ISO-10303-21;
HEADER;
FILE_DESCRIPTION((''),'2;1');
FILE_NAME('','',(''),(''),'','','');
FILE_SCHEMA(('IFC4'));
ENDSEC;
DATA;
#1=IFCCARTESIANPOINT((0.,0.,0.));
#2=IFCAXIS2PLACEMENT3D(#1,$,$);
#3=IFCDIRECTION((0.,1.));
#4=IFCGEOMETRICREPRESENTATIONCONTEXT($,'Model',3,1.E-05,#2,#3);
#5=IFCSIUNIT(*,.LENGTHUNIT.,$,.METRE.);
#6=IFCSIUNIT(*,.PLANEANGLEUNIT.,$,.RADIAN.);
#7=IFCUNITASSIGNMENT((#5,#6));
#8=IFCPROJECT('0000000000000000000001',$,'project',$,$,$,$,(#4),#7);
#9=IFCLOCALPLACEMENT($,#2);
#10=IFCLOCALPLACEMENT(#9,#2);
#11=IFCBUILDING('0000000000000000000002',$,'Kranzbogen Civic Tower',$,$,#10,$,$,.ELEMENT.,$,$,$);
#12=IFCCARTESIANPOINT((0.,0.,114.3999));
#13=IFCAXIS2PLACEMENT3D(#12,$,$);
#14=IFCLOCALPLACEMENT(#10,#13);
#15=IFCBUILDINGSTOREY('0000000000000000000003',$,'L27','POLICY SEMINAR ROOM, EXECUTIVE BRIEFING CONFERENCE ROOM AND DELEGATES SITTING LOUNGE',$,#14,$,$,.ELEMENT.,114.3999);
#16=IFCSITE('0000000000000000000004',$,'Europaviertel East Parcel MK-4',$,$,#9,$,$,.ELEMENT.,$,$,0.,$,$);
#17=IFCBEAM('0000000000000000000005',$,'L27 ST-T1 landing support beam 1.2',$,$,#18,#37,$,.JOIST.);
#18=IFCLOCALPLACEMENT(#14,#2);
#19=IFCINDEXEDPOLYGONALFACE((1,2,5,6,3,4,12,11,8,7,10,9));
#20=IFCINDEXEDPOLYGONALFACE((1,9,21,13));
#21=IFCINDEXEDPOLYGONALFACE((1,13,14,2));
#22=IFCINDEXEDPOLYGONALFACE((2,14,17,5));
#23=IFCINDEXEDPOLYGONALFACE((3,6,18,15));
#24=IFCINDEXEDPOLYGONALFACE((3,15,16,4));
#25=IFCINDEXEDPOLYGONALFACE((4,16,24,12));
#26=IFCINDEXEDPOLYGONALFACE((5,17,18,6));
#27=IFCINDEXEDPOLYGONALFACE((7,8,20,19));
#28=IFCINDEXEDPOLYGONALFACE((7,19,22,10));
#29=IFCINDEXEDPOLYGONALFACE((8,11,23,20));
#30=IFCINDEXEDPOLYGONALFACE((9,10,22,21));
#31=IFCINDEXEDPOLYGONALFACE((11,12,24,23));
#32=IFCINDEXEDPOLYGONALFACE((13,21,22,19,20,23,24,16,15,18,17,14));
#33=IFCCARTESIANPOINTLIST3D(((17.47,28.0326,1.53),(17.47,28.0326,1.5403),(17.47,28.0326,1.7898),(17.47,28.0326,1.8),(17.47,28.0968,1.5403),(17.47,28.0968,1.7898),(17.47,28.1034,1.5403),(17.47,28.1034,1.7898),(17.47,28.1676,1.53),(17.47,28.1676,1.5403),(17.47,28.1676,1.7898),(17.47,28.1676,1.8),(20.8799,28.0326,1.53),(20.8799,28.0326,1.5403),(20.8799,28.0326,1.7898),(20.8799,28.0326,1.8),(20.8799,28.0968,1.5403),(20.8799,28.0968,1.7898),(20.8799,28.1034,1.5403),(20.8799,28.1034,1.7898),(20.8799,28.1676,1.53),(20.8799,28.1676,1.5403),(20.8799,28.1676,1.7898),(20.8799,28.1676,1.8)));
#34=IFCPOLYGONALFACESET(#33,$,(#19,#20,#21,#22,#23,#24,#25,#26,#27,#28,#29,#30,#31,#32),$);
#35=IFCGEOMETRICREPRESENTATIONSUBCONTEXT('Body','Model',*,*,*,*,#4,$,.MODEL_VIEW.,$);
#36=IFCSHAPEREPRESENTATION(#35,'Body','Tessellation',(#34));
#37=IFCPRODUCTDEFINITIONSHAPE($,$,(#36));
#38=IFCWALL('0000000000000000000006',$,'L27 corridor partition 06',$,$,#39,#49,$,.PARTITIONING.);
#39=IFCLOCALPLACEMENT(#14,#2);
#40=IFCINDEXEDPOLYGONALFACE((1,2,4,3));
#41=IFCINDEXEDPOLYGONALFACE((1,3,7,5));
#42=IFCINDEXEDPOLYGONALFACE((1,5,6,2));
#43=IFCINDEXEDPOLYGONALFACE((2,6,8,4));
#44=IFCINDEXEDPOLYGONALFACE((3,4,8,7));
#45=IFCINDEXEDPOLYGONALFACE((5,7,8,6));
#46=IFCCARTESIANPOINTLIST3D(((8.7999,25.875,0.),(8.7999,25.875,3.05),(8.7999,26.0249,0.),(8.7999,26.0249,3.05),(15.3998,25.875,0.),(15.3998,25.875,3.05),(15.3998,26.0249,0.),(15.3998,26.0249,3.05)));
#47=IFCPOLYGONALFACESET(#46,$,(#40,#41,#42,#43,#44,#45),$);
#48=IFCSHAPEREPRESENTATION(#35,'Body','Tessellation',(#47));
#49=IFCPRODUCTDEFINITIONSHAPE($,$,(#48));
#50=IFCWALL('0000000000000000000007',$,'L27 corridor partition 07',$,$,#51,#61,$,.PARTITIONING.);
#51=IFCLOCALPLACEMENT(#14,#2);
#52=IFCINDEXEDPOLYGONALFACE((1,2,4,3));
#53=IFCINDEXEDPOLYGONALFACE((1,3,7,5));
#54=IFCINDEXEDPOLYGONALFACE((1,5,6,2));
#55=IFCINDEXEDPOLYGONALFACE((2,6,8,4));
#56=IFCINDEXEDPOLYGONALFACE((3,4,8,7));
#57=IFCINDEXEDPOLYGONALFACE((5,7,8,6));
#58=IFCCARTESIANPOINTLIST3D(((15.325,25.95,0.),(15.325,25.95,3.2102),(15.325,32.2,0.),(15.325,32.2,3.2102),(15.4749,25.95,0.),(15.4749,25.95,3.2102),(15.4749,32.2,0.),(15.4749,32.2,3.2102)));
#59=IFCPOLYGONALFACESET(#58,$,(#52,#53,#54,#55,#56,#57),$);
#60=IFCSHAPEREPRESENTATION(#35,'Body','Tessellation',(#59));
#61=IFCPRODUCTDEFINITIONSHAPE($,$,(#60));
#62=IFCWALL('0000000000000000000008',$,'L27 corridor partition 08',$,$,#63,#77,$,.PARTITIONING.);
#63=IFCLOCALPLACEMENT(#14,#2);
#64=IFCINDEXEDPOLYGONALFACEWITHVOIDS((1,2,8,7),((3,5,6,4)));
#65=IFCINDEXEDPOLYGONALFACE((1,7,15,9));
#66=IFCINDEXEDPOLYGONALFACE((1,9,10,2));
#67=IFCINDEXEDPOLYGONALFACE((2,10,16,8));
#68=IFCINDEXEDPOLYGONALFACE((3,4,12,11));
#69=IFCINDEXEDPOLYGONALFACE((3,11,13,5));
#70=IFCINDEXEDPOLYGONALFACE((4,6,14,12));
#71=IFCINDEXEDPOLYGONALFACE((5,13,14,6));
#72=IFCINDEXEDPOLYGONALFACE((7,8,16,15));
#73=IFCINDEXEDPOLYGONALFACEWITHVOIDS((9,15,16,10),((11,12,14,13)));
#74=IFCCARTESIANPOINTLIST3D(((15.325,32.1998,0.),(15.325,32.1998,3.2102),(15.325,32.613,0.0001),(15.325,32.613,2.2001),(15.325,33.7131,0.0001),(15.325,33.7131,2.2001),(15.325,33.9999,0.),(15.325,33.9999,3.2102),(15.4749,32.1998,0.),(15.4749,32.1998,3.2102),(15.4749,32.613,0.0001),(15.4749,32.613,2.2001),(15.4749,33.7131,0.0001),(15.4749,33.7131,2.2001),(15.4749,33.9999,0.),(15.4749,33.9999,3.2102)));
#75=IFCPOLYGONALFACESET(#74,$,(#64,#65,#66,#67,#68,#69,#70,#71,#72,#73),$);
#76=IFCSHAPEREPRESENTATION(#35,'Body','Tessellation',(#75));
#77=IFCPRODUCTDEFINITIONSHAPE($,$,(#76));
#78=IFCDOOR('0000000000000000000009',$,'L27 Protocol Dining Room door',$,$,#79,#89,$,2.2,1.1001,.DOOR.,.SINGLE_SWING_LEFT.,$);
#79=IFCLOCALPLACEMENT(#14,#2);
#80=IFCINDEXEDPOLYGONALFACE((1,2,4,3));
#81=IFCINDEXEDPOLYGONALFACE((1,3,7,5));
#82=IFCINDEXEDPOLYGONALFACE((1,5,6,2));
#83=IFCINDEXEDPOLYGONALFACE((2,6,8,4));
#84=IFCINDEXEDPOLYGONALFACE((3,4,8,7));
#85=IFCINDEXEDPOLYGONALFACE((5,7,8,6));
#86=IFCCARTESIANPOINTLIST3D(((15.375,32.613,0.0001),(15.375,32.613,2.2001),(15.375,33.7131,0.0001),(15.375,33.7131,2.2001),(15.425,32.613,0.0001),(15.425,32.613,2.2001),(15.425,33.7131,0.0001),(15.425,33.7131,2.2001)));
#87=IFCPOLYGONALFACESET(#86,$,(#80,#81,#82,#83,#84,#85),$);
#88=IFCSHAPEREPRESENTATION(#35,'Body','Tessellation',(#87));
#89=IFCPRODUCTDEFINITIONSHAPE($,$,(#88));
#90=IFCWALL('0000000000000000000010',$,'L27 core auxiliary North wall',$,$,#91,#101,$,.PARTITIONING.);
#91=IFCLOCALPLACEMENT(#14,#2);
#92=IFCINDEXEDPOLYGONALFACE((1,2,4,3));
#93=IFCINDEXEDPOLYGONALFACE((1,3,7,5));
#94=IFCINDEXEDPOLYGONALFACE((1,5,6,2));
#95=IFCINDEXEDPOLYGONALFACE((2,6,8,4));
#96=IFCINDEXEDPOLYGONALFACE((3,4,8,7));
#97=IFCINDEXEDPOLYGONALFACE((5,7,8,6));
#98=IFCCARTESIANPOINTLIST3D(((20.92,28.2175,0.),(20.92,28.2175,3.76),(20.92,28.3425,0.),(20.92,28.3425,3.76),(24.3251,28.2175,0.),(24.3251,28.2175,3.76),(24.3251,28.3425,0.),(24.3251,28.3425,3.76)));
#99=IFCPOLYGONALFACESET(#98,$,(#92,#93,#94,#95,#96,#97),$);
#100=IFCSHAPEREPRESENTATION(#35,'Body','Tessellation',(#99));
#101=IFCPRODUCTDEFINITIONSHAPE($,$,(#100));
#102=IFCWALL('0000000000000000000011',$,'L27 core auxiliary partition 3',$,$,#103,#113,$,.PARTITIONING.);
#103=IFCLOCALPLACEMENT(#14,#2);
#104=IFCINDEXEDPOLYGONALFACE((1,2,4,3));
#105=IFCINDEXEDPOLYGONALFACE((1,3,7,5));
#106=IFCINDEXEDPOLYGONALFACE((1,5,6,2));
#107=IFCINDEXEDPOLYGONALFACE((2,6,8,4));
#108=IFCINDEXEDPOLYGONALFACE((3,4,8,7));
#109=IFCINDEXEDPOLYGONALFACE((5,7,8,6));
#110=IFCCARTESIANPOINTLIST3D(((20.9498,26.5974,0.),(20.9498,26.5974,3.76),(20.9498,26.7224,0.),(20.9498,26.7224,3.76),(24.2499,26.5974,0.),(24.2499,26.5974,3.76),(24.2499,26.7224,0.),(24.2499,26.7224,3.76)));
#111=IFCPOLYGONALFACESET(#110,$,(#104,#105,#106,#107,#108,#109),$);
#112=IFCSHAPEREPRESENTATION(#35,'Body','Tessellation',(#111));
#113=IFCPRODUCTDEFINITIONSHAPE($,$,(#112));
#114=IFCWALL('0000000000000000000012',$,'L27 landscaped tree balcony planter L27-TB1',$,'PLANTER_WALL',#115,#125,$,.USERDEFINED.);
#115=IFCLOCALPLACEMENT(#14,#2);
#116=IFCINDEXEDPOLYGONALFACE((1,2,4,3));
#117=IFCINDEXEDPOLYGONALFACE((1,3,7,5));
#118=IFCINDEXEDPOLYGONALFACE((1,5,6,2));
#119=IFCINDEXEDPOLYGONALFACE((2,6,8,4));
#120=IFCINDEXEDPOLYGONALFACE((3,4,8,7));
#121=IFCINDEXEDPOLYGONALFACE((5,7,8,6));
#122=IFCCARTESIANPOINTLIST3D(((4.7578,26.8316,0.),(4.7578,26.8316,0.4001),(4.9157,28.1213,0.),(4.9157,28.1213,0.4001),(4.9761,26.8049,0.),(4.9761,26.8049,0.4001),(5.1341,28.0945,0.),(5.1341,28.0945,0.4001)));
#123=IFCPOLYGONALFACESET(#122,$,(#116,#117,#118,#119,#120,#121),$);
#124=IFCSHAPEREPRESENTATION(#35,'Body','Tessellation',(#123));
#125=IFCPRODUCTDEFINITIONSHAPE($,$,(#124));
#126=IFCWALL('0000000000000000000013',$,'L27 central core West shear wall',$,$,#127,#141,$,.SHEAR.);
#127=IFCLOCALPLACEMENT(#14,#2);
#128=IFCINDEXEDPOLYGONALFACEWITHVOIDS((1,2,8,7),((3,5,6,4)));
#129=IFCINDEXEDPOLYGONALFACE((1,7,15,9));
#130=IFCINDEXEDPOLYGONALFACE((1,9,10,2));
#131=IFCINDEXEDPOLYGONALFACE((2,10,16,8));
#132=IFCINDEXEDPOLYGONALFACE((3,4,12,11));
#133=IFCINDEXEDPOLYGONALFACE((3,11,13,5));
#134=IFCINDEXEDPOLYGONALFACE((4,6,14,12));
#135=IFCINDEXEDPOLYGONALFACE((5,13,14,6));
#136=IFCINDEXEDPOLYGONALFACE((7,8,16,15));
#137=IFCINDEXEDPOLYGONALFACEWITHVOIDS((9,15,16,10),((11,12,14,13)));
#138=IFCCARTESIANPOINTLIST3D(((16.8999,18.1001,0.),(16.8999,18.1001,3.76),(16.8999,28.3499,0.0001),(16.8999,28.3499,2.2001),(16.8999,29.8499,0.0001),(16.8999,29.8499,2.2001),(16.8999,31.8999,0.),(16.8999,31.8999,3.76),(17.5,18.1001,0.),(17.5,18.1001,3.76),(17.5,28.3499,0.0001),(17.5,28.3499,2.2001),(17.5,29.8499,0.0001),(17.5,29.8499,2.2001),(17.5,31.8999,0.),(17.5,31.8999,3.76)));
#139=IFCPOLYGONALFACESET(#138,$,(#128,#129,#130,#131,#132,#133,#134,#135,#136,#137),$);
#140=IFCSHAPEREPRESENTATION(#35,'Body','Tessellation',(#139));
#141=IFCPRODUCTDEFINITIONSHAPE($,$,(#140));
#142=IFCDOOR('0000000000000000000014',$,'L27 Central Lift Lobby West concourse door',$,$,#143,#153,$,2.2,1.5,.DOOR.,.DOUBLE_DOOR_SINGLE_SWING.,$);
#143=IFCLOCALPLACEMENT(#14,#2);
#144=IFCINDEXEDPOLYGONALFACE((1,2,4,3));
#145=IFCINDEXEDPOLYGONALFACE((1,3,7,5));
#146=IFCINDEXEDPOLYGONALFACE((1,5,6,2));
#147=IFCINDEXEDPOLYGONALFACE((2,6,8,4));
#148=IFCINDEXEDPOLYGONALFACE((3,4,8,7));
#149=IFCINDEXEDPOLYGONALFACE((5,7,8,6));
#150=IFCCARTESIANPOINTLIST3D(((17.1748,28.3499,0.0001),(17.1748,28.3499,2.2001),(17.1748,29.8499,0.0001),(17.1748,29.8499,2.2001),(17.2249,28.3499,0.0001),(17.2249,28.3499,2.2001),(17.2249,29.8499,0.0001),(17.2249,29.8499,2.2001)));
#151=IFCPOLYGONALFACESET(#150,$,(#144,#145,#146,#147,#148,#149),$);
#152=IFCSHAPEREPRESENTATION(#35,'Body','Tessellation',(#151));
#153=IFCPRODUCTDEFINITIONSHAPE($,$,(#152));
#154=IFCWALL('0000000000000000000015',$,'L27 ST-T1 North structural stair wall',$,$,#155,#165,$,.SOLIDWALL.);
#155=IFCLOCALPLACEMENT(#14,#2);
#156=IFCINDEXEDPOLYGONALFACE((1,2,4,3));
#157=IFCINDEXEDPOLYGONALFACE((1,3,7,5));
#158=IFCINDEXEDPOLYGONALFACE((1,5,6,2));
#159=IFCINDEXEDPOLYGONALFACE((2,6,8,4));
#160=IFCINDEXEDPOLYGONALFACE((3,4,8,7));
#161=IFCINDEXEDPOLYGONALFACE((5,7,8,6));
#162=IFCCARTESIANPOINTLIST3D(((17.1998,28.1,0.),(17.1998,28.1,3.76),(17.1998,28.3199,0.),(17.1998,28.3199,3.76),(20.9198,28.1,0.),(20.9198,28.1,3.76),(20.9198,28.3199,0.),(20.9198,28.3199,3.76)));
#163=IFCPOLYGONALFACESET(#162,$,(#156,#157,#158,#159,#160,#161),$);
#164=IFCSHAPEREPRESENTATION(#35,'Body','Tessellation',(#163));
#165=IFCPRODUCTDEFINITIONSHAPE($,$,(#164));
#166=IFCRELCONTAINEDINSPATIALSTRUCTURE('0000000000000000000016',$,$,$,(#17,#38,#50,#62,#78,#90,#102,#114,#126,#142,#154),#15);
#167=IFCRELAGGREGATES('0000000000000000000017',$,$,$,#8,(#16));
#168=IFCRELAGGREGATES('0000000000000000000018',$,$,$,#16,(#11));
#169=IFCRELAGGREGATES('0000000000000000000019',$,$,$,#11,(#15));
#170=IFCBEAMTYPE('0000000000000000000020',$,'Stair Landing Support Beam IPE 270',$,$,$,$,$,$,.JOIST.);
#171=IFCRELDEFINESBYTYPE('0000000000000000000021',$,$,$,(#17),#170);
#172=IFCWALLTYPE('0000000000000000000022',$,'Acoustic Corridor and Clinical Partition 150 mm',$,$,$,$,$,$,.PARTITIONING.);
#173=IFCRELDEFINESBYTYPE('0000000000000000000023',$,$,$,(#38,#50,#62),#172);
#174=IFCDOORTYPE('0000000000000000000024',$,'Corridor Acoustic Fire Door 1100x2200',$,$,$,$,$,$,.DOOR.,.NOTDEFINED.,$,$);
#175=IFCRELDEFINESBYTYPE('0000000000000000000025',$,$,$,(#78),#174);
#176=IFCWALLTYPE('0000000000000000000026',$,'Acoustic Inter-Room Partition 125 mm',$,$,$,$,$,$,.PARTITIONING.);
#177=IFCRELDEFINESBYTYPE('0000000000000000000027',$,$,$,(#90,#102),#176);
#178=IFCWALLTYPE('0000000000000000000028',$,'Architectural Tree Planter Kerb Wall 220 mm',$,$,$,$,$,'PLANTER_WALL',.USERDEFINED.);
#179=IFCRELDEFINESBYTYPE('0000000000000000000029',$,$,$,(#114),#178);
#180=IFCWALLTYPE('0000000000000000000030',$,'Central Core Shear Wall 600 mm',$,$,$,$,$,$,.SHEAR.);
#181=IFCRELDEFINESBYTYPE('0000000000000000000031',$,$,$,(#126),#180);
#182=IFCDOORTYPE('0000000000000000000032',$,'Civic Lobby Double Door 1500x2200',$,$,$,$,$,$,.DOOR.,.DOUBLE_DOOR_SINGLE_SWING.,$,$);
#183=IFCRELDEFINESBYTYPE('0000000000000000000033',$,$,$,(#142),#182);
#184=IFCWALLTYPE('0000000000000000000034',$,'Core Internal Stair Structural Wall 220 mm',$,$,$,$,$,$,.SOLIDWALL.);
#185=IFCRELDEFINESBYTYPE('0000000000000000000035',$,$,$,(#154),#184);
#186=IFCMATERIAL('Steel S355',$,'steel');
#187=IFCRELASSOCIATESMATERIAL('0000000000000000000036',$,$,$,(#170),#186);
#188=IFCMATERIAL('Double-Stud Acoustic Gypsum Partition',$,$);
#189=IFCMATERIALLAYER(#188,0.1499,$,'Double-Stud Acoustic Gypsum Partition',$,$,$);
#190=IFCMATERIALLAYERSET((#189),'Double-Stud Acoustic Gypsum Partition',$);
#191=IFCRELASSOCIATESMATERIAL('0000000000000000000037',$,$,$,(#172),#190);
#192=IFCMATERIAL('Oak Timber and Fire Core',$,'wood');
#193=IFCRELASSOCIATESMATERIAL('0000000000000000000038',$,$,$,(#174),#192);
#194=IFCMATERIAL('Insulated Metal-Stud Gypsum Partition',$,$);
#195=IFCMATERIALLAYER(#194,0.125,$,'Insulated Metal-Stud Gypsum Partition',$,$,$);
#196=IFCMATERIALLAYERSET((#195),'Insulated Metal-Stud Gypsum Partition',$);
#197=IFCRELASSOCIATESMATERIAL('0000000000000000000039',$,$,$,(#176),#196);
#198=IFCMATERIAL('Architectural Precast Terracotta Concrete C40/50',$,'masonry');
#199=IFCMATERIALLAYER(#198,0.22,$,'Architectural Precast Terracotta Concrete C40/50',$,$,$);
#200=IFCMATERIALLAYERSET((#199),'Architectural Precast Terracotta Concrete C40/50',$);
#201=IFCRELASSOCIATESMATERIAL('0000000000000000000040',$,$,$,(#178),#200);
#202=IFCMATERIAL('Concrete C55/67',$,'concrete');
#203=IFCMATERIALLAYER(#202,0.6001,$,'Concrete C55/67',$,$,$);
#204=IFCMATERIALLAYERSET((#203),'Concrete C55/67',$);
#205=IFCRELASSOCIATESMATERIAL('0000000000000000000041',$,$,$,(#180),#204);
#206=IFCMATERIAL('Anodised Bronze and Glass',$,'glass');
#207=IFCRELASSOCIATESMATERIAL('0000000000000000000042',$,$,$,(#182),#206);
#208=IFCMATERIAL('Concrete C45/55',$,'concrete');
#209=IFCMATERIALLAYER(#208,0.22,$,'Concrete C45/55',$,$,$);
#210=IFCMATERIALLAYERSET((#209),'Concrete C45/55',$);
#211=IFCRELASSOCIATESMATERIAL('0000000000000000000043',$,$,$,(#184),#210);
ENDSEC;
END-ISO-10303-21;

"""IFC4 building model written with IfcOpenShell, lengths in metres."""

from ifc_helpers import new_model, si_unit, direction, frame, frame_2d, origin, origin_2d, place, context, subcontext, project, spatial, rectangle, i_section, extrude, material, layer, layer_set, material_profile, profile_set, type_object, element, fill, save


model = new_model("IFC4")

# Units and contexts
model_context = context("Model", 3, precision=1e-05, world=origin(), true_north=direction((0.0, 1.0)))
body_context = subcontext(model_context, "Body", "Model", "MODEL_VIEW")
ifc_project = project(units=[si_unit("LENGTHUNIT", "METRE"), si_unit("PLANEANGLEUNIT", "RADIAN")], contexts=[model_context])

# Site, building, storey
site_placement = place(None, origin())
site = spatial("IfcSite", under=ifc_project, at=site_placement, Name="Europaviertel East Parcel MK-4", CompositionType="ELEMENT", RefElevation=0.0)
building_placement = place(site_placement, origin())
building = spatial("IfcBuilding", under=site, at=building_placement, Name="Kranzbogen Civic Tower", CompositionType="ELEMENT")
storey_placement = place(building_placement, frame((0.0, 0.0, 114.3999)))
storey = spatial("IfcBuildingStorey", under=building, at=storey_placement, Name="L27", Description="POLICY SEMINAR ROOM, EXECUTIVE BRIEFING CONFERENCE ROOM AND DELEGATES SITTING LOUNGE", CompositionType="ELEMENT", Elevation=114.3999)

# Shared definitions
ifc_material_1 = material(Name="Steel S355", Category="steel")

# Beam
ifc_material_profile_1 = material_profile(ifc_material_1, i_section(OverallWidth=0.135, OverallDepth=0.27, WebThickness=0.0066, FlangeThickness=0.0103, at=origin_2d()), Name="IPE 270")
ifc_profile_set_1 = profile_set([ifc_material_profile_1], Name="Steel S355")
beam_type_1 = type_object("IfcBeamType", Name="Stair Landing Support Beam IPE 270", PredefinedType="JOIST", material=ifc_profile_set_1)
for number, where, z_axis, x_axis, name in (
    (1, (20.8799, 28.1001, 1.665), (-1.0, 0.0, 0.0), (0.0, -1.0, 0.0), "L27 ST-T1 landing support beam 1.2"),
):
    element("IfcBeam", number, at=place(storey_placement, frame(where, z_axis=z_axis, x_axis=x_axis)), inside=storey, type_object=beam_type_1, Name=name, PredefinedType="JOIST", context=body_context, shape_type="SweptSolid", body=[
        extrude(i_section(OverallWidth=0.135, OverallDepth=0.27, WebThickness=0.0066, FlangeThickness=0.0103, at=origin_2d()), origin(), (0.0, 0.0, 1.0), 3.4099),
    ])

# Walls
ifc_material_2 = material(Name="Double-Stud Acoustic Gypsum Partition")
ifc_layer_1 = layer(ifc_material_2, 0.1499, Name="Double-Stud Acoustic Gypsum Partition")
ifc_layer_set_1 = layer_set([ifc_layer_1], Name="Double-Stud Acoustic Gypsum Partition")
wall_type_1 = type_object("IfcWallType", Name="Acoustic Corridor and Clinical Partition 150 mm", PredefinedType="PARTITIONING", material=ifc_layer_set_1)
wall_1_placement = place(storey_placement, frame((8.8, 25.95, 0.0), z_axis=(0.0, 0.0, 1.0), x_axis=(1.0, 0.0, 0.0)))
element("IfcWall", 2, at=wall_1_placement, inside=storey, type_object=wall_type_1, Name="L27 corridor partition 06", PredefinedType="PARTITIONING", context=body_context, shape_type="SweptSolid", body=[
    extrude(rectangle(XDim=6.5999, YDim=0.1499, at=frame_2d((3.2998, 0.0))), origin(), (0.0, 0.0, 1.0), 3.05),
])
wall_2_placement = place(storey_placement, frame((15.3999, 25.95, 0.0), z_axis=(0.0, 0.0, 1.0), x_axis=(0.0, 1.0, 0.0)))
element("IfcWall", 3, at=wall_2_placement, inside=storey, type_object=wall_type_1, Name="L27 corridor partition 07", PredefinedType="PARTITIONING", context=body_context, shape_type="SweptSolid", body=[
    extrude(rectangle(XDim=6.25, YDim=0.1499, at=frame_2d((3.125, 0.0))), origin(), (0.0, 0.0, 1.0), 3.2102),
])

# Wall, opening, door
wall_3_placement = place(storey_placement, frame((15.3999, 32.2, 0.0), z_axis=(0.0, 0.0, 1.0), x_axis=(0.0, 1.0, 0.0)))
wall_3 = element("IfcWall", 4, at=wall_3_placement, inside=storey, type_object=wall_type_1, Name="L27 corridor partition 08", PredefinedType="PARTITIONING", context=body_context, shape_type="SweptSolid", body=[
    extrude(rectangle(XDim=1.8, YDim=0.1499, at=frame_2d((0.8999, 0.0))), origin(), (0.0, 0.0, 1.0), 3.2102),
])
opening_1_placement = place(wall_3_placement, frame((0.4131, 0.0, 0.0)))
opening_1 = element("IfcOpeningElement", 5, at=opening_1_placement, cuts=wall_3, PredefinedType="OPENING", context=body_context, shape_type="SweptSolid", body=[
    extrude(rectangle(XDim=1.1001, YDim=2.2, at=frame_2d((0.55, 1.1001))), frame((0.0, 0.085, 0.0), z_axis=(0.0, -1.0, 0.0), x_axis=(1.0, 0.0, 0.0)), (0.0, 0.0, 1.0), 0.1699),
])
ifc_material_3 = material(Name="Oak Timber and Fire Core", Category="wood")
door_type_1 = type_object("IfcDoorType", Name="Corridor Acoustic Fire Door 1100x2200", OperationType="NOTDEFINED", PredefinedType="DOOR", material=ifc_material_3)
door_1_placement = place(opening_1_placement, origin())
door_1 = element("IfcDoor", 6, at=door_1_placement, inside=storey, type_object=door_type_1, Name="L27 Protocol Dining Room door", OperationType="SINGLE_SWING_LEFT", OverallHeight=2.2, OverallWidth=1.1001, PredefinedType="DOOR", context=body_context, shape_type="SweptSolid", body=[
    extrude(rectangle(XDim=1.1001, YDim=2.2, at=frame_2d((0.55, 1.1001))), frame((0.0, 0.0249, 0.0), z_axis=(0.0, -1.0, 0.0), x_axis=(1.0, 0.0, 0.0)), (0.0, 0.0, 1.0), 0.05),
])
fill(opening_1, door_1)

# Walls
ifc_material_4 = material(Name="Insulated Metal-Stud Gypsum Partition")
ifc_layer_2 = layer(ifc_material_4, 0.125, Name="Insulated Metal-Stud Gypsum Partition")
ifc_layer_set_2 = layer_set([ifc_layer_2], Name="Insulated Metal-Stud Gypsum Partition")
wall_type_2 = type_object("IfcWallType", Name="Acoustic Inter-Room Partition 125 mm", PredefinedType="PARTITIONING", material=ifc_layer_set_2)
wall_4_placement = place(storey_placement, frame((20.9199, 28.28, 0.0), z_axis=(0.0, 0.0, 1.0), x_axis=(1.0, 0.0, 0.0)))
element("IfcWall", 7, at=wall_4_placement, inside=storey, type_object=wall_type_2, Name="L27 core auxiliary North wall", PredefinedType="PARTITIONING", context=body_context, shape_type="SweptSolid", body=[
    extrude(rectangle(XDim=3.405, YDim=0.125, at=frame_2d((1.7026, 0.0))), origin(), (0.0, 0.0, 1.0), 3.76),
])
wall_5_placement = place(storey_placement, frame((20.95, 26.6599, 0.0), z_axis=(0.0, 0.0, 1.0), x_axis=(1.0, 0.0, 0.0)))
element("IfcWall", 8, at=wall_5_placement, inside=storey, type_object=wall_type_2, Name="L27 core auxiliary partition 3", PredefinedType="PARTITIONING", context=body_context, shape_type="SweptSolid", body=[
    extrude(rectangle(XDim=3.3, YDim=0.125, at=frame_2d((1.6499, 0.0))), origin(), (0.0, 0.0, 1.0), 3.76),
])
ifc_material_5 = material(Name="Architectural Precast Terracotta Concrete C40/50", Category="masonry")
ifc_layer_3 = layer(ifc_material_5, 0.22, Name="Architectural Precast Terracotta Concrete C40/50")
ifc_layer_set_3 = layer_set([ifc_layer_3], Name="Architectural Precast Terracotta Concrete C40/50")
wall_type_3 = type_object("IfcWallType", Name="Architectural Tree Planter Kerb Wall 220 mm", ElementType="PLANTER_WALL", PredefinedType="USERDEFINED", material=ifc_layer_set_3)
wall_6_placement = place(storey_placement, frame((5.0249, 28.1079, 0.0), z_axis=(0.0, 0.0, 1.0), x_axis=(-0.12156, -0.992584, 0.0)))
element("IfcWall", 9, at=wall_6_placement, inside=storey, type_object=wall_type_3, Name="L27 landscaped tree balcony planter L27-TB1", ObjectType="PLANTER_WALL", PredefinedType="USERDEFINED", context=body_context, shape_type="SweptSolid", body=[
    extrude(rectangle(XDim=1.2993, YDim=0.22, at=frame_2d((0.6497, 0.0))), origin(), (0.0, 0.0, 1.0), 0.4001),
])

# Wall, opening, door
ifc_material_6 = material(Name="Concrete C55/67", Category="concrete")
ifc_layer_4 = layer(ifc_material_6, 0.6001, Name="Concrete C55/67")
ifc_layer_set_4 = layer_set([ifc_layer_4], Name="Concrete C55/67")
wall_type_4 = type_object("IfcWallType", Name="Central Core Shear Wall 600 mm", PredefinedType="SHEAR", material=ifc_layer_set_4)
wall_7_placement = place(storey_placement, frame((17.2, 31.8999, 0.0), z_axis=(0.0, 0.0, 1.0), x_axis=(0.0, -1.0, 0.0)))
wall_7 = element("IfcWall", 10, at=wall_7_placement, inside=storey, type_object=wall_type_4, Name="L27 central core West shear wall", PredefinedType="SHEAR", context=body_context, shape_type="SweptSolid", body=[
    extrude(rectangle(XDim=13.7998, YDim=0.6001, at=frame_2d((6.8999, 0.0))), origin(), (0.0, 0.0, 1.0), 3.76),
])
opening_2_placement = place(wall_7_placement, frame((2.05, 0.0, 0.0)))
opening_2 = element("IfcOpeningElement", 11, at=opening_2_placement, cuts=wall_7, PredefinedType="OPENING", context=body_context, shape_type="SweptSolid", body=[
    extrude(rectangle(XDim=1.5, YDim=2.2, at=frame_2d((0.75, 1.1001))), frame((0.0, 0.3101, 0.0), z_axis=(0.0, -1.0, 0.0), x_axis=(1.0, 0.0, 0.0)), (0.0, 0.0, 1.0), 0.6201),
])
ifc_material_7 = material(Name="Anodised Bronze and Glass", Category="glass")
door_type_2 = type_object("IfcDoorType", Name="Civic Lobby Double Door 1500x2200", OperationType="DOUBLE_DOOR_SINGLE_SWING", PredefinedType="DOOR", material=ifc_material_7)
door_2_placement = place(opening_2_placement, origin())
door_2 = element("IfcDoor", 12, at=door_2_placement, inside=storey, type_object=door_type_2, Name="L27 Central Lift Lobby West concourse door", OperationType="DOUBLE_DOOR_SINGLE_SWING", OverallHeight=2.2, OverallWidth=1.5, PredefinedType="DOOR", context=body_context, shape_type="SweptSolid", body=[
    extrude(rectangle(XDim=1.5, YDim=2.2, at=frame_2d((0.75, 1.1001))), frame((0.0, 0.0249, 0.0), z_axis=(0.0, -1.0, 0.0), x_axis=(1.0, 0.0, 0.0)), (0.0, 0.0, 1.0), 0.05),
])
fill(opening_2, door_2)

# Wall
ifc_material_8 = material(Name="Concrete C45/55", Category="concrete")
ifc_layer_5 = layer(ifc_material_8, 0.22, Name="Concrete C45/55")
ifc_layer_set_5 = layer_set([ifc_layer_5], Name="Concrete C45/55")
wall_type_5 = type_object("IfcWallType", Name="Core Internal Stair Structural Wall 220 mm", PredefinedType="SOLIDWALL", material=ifc_layer_set_5)
wall_8_placement = place(storey_placement, frame((17.2, 28.21, 0.0), z_axis=(0.0, 0.0, 1.0), x_axis=(1.0, 0.0, 0.0)))
element("IfcWall", 13, at=wall_8_placement, inside=storey, type_object=wall_type_5, Name="L27 ST-T1 North structural stair wall", PredefinedType="SOLIDWALL", context=body_context, shape_type="SweptSolid", body=[
    extrude(rectangle(XDim=3.72, YDim=0.22, at=frame_2d((1.8599, 0.0))), origin(), (0.0, 0.0, 1.0), 3.76),
])

save(model, "model.ifc")
